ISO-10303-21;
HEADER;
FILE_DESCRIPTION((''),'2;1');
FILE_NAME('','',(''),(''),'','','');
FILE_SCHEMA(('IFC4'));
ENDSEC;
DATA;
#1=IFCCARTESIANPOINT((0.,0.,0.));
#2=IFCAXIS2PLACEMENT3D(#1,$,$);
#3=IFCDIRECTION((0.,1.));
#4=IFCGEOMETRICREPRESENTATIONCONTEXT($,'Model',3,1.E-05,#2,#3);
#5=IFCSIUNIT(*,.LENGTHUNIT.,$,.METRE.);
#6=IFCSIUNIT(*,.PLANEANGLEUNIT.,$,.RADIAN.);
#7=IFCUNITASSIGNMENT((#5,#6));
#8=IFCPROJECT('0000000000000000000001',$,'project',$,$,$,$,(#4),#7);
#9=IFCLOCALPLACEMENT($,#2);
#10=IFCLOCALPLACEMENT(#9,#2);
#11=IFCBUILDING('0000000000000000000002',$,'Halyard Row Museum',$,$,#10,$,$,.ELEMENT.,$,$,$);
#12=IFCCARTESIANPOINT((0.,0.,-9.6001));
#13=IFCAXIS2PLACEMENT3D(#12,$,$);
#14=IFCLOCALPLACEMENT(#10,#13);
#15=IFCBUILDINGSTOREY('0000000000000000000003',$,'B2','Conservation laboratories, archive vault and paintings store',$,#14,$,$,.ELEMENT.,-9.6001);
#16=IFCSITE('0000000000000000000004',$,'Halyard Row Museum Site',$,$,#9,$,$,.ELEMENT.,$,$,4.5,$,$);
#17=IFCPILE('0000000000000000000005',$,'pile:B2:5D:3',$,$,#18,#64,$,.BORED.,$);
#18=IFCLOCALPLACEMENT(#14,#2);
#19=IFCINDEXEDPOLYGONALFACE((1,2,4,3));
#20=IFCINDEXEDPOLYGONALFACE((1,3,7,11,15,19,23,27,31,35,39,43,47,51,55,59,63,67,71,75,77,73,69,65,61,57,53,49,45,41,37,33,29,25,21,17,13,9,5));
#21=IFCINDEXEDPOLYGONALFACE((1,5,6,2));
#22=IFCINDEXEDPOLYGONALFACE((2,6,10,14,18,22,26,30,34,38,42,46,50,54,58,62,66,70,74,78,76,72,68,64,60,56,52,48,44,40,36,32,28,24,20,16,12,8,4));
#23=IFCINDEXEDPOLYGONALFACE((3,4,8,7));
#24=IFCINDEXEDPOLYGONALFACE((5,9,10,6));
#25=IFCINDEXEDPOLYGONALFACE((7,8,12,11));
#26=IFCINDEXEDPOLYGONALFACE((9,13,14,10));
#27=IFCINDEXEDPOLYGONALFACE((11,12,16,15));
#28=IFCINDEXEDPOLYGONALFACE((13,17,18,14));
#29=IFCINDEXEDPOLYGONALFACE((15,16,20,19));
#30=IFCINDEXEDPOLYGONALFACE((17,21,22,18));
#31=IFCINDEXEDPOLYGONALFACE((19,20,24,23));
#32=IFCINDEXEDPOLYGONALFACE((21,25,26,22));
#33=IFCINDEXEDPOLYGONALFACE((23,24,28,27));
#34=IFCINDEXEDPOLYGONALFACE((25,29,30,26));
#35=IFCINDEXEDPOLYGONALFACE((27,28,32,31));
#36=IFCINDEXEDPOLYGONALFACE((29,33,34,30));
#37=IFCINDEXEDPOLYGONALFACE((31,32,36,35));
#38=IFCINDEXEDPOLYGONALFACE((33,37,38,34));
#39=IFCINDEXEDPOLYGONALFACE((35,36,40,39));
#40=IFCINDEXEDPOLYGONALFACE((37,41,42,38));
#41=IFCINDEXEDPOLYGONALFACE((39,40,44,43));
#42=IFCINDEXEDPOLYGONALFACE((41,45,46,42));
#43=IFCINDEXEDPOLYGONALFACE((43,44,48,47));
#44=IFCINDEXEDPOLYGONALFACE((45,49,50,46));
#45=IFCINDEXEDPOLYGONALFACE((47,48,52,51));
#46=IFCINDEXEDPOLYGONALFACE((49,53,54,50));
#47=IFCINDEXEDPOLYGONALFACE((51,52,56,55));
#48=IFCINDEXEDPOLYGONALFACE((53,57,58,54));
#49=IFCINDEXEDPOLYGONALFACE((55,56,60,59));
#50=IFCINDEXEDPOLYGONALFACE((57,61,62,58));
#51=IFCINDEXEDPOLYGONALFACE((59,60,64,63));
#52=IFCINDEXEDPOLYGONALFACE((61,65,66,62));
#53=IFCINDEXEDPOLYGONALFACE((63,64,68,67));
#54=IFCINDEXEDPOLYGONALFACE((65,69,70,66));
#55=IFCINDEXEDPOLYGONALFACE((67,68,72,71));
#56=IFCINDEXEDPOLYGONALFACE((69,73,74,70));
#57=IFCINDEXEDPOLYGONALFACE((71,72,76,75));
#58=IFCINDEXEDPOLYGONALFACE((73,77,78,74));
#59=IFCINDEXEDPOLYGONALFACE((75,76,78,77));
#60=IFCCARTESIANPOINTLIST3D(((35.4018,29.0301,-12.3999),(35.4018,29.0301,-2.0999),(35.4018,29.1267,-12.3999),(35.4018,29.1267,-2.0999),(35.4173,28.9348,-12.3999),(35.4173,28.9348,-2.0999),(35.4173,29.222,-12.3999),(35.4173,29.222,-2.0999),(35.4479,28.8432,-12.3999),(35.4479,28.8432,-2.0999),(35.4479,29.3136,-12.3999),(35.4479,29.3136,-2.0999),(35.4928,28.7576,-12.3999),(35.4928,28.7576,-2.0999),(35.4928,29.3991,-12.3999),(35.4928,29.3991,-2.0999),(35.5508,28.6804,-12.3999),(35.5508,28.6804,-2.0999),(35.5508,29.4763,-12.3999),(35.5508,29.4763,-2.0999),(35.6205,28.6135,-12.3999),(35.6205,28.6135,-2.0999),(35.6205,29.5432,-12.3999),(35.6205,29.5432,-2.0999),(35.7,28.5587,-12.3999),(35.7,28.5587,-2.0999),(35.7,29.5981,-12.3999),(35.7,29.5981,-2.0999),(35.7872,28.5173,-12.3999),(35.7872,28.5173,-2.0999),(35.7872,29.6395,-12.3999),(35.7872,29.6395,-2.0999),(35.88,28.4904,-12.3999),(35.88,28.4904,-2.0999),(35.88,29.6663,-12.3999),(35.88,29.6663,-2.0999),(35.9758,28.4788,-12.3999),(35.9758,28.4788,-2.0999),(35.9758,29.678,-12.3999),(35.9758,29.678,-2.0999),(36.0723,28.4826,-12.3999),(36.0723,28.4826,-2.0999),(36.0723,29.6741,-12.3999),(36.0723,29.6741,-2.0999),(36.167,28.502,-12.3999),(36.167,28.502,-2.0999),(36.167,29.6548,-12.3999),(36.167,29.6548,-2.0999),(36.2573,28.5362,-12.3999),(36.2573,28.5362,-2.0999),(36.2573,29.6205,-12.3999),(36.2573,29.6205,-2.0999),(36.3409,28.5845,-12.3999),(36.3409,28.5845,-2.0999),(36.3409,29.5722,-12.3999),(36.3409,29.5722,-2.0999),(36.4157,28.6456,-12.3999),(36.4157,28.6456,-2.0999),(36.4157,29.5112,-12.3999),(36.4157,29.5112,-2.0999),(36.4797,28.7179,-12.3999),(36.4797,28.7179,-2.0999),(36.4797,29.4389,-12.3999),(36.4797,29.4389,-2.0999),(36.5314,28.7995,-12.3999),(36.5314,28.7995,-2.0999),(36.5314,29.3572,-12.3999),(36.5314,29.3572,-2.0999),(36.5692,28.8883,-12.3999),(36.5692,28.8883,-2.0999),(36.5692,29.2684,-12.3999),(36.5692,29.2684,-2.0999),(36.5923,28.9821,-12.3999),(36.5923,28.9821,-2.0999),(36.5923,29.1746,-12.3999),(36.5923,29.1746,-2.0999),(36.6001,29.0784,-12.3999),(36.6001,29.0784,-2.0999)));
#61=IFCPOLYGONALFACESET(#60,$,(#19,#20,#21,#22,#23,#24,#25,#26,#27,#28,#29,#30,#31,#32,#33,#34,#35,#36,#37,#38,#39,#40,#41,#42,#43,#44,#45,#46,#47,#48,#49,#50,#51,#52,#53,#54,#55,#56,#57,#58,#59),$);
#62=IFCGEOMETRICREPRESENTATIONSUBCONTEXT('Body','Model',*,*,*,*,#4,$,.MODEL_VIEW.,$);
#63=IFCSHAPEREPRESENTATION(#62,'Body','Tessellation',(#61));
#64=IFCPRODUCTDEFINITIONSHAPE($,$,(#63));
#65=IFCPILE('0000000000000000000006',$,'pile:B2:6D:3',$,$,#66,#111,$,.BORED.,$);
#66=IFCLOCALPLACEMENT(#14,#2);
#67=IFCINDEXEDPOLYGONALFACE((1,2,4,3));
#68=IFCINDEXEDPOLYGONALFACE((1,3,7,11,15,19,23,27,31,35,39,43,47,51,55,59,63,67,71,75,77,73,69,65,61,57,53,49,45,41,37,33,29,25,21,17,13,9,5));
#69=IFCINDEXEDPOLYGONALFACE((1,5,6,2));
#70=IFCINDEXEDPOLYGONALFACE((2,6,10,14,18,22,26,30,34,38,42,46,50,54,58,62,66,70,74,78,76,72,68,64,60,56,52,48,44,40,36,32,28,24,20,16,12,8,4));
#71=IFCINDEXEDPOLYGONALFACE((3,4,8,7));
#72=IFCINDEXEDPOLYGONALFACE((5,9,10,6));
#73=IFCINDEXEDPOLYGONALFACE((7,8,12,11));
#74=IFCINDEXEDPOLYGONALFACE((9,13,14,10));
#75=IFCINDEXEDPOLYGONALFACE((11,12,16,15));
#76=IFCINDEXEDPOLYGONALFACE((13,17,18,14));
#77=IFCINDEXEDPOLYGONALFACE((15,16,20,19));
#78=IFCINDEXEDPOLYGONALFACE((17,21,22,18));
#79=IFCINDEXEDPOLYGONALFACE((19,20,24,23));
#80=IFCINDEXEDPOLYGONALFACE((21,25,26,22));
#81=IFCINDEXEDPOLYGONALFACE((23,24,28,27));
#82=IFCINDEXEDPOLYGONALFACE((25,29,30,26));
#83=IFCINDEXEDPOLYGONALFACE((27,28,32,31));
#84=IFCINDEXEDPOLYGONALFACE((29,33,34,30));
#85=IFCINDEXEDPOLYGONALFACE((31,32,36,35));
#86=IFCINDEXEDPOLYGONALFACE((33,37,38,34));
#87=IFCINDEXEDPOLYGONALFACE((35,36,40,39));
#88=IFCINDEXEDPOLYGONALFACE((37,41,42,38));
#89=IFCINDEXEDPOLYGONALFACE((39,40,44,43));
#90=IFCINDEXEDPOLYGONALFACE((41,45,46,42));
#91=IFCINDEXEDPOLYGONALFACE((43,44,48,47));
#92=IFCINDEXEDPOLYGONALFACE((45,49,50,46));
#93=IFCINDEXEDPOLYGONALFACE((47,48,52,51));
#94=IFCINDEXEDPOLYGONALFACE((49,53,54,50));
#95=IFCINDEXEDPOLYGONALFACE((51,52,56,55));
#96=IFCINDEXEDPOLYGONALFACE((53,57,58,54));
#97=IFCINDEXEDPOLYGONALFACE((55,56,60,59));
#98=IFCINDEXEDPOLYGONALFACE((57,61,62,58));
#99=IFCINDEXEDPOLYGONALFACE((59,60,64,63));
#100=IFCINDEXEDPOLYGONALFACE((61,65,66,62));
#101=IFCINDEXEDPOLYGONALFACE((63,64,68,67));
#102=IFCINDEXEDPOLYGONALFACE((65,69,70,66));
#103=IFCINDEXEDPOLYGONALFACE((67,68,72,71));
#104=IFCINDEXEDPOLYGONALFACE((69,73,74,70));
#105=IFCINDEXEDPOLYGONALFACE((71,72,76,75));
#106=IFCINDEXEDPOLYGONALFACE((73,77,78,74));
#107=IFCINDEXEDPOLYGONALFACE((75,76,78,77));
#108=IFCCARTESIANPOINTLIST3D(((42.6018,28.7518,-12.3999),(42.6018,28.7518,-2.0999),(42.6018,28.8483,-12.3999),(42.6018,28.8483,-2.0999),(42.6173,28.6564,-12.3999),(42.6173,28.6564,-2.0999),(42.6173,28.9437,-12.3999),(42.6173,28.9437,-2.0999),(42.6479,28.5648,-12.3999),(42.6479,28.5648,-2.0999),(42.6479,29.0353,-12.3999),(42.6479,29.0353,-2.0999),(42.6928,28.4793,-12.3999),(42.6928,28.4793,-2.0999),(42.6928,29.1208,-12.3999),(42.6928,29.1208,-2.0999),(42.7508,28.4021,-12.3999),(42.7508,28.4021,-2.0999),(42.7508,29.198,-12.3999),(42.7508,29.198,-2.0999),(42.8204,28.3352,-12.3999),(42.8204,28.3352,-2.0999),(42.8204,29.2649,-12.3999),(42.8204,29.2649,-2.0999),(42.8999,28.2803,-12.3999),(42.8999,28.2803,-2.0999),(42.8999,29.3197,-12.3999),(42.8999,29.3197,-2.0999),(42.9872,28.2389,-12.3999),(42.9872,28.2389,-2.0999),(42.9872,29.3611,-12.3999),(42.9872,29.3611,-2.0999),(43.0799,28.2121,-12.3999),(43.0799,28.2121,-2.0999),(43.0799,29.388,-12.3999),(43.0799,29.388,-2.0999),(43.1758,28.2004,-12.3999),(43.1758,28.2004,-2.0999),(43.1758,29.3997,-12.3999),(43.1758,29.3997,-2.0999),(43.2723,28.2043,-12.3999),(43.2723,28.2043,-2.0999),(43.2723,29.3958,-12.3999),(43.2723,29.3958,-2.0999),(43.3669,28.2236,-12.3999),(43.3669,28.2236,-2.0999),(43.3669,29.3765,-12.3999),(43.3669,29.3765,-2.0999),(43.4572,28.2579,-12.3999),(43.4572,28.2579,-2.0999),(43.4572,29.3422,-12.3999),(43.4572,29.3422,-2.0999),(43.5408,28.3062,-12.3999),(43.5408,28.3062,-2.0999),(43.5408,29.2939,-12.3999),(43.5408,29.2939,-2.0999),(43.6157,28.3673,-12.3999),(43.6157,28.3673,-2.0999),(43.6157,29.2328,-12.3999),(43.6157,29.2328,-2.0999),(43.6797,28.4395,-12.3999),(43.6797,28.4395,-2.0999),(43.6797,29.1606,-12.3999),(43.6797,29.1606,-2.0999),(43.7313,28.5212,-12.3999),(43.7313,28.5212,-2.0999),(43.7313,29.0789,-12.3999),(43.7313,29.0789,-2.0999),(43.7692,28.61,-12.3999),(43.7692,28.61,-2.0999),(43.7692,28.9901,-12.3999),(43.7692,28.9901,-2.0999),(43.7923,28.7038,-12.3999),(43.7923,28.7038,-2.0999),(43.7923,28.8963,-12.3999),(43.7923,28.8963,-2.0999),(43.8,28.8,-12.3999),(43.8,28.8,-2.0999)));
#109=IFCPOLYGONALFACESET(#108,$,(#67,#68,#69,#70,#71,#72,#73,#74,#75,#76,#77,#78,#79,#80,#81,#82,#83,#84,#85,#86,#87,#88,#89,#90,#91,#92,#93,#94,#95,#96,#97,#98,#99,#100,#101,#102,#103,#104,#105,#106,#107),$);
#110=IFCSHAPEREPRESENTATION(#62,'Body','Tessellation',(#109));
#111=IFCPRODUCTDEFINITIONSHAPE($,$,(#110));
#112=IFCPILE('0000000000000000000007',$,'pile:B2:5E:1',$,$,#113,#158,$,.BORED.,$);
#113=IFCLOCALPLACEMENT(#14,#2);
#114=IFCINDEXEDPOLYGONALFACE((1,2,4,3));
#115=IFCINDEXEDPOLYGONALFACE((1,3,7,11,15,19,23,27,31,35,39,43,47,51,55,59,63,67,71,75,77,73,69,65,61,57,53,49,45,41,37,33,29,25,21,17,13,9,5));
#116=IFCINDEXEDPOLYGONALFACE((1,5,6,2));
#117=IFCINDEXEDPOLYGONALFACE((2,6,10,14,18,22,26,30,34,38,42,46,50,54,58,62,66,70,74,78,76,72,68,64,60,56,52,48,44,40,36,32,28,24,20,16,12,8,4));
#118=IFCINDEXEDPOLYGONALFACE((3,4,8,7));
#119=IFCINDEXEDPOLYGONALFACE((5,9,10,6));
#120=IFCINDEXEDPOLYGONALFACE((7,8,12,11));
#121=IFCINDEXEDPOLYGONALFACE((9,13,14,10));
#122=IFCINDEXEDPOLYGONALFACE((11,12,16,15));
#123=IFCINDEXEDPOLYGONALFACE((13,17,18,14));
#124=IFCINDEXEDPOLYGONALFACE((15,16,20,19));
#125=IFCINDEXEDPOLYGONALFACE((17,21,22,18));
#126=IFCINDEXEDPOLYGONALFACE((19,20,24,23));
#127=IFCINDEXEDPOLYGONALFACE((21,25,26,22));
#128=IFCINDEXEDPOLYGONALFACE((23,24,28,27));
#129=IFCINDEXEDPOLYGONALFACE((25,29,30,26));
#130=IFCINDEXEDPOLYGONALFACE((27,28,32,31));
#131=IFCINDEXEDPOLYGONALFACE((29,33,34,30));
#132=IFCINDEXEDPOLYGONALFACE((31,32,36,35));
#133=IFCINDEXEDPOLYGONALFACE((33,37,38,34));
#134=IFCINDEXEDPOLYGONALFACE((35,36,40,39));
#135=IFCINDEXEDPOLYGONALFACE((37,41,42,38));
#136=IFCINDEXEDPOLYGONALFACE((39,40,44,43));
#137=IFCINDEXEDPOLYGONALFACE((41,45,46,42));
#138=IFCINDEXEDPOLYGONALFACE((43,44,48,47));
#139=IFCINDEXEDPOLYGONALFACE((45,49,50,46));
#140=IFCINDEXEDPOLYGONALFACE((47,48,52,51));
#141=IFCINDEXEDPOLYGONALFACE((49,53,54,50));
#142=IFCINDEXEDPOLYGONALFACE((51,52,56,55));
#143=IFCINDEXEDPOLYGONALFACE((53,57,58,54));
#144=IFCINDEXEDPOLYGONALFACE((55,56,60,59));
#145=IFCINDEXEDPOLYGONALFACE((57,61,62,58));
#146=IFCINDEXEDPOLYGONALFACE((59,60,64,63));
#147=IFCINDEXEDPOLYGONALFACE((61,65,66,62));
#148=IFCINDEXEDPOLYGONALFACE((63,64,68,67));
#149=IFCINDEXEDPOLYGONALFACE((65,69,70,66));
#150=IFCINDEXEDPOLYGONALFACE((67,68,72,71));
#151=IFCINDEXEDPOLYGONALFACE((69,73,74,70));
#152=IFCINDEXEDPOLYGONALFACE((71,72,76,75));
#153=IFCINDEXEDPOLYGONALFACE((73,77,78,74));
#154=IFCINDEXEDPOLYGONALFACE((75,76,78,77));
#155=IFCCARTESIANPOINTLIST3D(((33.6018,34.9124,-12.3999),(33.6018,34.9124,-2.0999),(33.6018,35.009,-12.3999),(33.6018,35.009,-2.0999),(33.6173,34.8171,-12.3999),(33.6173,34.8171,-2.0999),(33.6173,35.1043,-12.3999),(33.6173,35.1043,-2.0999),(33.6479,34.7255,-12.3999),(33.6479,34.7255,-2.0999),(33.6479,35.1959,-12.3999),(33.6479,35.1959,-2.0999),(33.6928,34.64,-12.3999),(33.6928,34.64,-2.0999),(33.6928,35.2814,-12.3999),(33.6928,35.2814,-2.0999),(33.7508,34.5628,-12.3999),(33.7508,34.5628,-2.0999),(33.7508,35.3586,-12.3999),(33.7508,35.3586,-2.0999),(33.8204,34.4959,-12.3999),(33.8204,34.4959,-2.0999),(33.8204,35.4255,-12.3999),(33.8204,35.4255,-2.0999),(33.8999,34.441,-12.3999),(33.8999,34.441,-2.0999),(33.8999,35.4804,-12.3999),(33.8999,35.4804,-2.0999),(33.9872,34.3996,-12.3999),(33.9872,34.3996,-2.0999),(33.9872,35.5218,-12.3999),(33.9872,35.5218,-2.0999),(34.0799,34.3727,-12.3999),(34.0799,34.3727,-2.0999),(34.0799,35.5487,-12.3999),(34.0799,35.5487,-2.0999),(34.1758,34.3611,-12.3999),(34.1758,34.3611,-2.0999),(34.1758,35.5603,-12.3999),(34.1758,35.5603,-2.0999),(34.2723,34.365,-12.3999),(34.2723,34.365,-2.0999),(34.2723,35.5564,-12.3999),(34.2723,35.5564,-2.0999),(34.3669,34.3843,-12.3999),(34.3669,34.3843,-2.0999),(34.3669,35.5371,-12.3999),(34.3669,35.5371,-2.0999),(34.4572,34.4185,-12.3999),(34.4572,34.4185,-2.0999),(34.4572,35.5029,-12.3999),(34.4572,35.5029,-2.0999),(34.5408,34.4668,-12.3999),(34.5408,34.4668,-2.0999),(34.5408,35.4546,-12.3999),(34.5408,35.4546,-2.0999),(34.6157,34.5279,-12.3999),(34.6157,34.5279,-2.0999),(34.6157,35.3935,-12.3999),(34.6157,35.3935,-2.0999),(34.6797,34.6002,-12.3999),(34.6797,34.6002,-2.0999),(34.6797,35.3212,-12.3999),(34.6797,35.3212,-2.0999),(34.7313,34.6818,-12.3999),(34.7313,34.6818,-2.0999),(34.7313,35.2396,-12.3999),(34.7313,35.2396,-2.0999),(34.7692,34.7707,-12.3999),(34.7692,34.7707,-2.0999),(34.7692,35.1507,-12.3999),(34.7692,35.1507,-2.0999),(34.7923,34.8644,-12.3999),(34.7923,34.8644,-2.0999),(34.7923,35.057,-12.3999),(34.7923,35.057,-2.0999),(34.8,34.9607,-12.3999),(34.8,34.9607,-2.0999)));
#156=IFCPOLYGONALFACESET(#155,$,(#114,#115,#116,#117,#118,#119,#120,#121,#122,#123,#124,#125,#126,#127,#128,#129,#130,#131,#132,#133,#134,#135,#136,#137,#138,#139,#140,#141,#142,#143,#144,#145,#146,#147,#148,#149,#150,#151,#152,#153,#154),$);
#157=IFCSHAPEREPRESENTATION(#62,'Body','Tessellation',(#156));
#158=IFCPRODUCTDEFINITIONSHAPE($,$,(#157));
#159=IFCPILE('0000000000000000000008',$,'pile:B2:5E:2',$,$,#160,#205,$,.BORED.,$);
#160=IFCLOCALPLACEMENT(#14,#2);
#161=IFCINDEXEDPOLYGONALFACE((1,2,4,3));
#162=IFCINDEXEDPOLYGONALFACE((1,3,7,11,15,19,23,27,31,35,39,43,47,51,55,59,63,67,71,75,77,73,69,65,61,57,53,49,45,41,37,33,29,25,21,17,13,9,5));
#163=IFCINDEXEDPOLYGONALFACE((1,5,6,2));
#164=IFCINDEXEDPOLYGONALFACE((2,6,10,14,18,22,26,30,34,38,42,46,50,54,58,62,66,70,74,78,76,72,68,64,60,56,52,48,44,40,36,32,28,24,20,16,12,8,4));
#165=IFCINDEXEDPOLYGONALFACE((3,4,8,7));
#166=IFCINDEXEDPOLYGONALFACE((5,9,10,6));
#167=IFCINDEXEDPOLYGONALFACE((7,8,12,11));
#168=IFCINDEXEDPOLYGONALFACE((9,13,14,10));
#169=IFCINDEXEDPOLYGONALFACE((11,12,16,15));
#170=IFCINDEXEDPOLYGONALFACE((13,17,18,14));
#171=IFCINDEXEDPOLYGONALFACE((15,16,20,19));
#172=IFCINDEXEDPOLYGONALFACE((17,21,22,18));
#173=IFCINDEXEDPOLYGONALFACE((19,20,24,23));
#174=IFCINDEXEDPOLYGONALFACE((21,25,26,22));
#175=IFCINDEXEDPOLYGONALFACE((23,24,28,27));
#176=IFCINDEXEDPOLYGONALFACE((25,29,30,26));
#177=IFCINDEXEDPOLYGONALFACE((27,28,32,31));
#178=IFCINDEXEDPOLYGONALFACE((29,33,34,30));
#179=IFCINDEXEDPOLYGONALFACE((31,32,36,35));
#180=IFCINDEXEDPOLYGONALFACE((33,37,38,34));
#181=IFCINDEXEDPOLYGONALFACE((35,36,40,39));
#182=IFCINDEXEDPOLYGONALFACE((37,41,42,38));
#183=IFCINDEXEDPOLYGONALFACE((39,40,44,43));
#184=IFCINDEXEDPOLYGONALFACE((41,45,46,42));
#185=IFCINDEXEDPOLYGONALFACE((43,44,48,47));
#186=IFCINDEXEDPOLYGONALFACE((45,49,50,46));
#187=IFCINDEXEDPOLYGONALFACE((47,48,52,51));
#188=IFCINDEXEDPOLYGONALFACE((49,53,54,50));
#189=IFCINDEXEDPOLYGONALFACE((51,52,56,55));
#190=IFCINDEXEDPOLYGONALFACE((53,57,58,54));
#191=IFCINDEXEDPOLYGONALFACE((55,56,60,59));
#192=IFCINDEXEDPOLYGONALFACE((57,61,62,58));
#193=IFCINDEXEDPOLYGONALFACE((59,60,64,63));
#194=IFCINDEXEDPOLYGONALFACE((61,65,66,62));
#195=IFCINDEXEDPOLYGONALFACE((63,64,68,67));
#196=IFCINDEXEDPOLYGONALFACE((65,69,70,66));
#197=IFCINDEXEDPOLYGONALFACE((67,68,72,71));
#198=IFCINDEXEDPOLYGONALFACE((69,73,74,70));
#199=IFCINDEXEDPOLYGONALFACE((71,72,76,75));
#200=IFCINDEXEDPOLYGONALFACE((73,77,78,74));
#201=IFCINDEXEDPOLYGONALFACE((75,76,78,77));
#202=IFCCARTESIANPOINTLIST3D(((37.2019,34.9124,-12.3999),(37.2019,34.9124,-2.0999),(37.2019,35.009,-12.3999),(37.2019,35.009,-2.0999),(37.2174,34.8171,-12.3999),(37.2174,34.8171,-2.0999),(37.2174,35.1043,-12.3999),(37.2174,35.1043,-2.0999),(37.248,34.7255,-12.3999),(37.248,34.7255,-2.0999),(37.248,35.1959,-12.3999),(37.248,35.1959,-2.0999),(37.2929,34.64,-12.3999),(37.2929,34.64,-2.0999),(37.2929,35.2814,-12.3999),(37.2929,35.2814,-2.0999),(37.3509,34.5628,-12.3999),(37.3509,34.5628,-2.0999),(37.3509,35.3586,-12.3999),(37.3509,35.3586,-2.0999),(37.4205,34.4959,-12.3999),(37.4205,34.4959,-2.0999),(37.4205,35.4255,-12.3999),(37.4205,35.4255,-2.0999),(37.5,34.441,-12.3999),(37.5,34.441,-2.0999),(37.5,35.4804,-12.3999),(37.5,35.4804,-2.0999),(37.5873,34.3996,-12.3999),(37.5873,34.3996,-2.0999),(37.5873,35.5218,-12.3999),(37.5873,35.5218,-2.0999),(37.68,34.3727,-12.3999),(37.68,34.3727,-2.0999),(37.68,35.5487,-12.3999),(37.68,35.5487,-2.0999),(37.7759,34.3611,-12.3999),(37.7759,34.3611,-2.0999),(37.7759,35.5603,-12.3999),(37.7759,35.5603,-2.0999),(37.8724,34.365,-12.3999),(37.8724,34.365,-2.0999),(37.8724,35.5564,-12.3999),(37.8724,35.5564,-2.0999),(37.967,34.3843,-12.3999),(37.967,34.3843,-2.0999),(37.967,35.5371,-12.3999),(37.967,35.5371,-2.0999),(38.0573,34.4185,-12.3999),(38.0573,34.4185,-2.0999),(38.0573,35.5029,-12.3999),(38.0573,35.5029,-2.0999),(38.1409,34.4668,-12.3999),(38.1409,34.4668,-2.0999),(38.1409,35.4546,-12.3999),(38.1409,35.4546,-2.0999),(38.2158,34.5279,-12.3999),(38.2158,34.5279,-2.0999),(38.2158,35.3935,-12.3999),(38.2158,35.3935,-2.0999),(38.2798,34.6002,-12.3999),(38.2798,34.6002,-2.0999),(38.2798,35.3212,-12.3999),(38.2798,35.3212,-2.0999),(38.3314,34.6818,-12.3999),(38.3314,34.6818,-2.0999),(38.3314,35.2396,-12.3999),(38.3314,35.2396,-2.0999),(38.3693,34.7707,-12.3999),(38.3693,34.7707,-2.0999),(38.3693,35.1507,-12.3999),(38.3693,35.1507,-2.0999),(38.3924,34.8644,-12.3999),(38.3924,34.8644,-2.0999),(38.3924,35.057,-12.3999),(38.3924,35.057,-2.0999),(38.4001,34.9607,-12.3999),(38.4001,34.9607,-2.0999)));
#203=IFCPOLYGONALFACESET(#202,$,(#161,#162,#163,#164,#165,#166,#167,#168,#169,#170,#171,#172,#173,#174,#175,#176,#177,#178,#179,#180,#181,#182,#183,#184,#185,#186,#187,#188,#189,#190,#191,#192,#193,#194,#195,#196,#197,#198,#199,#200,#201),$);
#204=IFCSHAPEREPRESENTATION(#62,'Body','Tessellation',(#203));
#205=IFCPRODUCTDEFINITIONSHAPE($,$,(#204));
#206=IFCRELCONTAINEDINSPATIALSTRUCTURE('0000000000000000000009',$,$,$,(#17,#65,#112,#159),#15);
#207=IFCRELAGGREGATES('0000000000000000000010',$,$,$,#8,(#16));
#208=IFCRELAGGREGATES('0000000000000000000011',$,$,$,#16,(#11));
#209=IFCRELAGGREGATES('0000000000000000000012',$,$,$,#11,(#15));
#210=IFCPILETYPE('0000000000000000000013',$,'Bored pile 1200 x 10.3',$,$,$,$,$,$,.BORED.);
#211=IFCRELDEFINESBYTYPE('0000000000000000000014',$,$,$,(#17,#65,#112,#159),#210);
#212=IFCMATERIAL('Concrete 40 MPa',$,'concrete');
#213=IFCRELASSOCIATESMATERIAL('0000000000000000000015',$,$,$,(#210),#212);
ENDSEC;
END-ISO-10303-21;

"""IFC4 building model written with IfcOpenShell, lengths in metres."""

from ifc_helpers import new_model, si_unit, direction, frame, origin, origin_2d, place, context, subcontext, project, spatial, circle, extrude, material, material_profile, profile_set, type_object, element, save


model = new_model("IFC4")

# Units and contexts
model_context = context("Model", 3, precision=1e-05, world=origin(), true_north=direction((0.0, 1.0)))
body_context = subcontext(model_context, "Body", "Model", "MODEL_VIEW")
ifc_project = project(units=[si_unit("LENGTHUNIT", "METRE"), si_unit("PLANEANGLEUNIT", "RADIAN")], contexts=[model_context])

# Site, building, storey
site_placement = place(None, origin())
site = spatial("IfcSite", under=ifc_project, at=site_placement, Name="Halyard Row Museum Site", CompositionType="ELEMENT", RefElevation=4.5)
building_placement = place(site_placement, origin())
building = spatial("IfcBuilding", under=site, at=building_placement, Name="Halyard Row Museum", CompositionType="ELEMENT")
storey_placement = place(building_placement, frame((0.0, 0.0, -9.6001)))
storey = spatial("IfcBuildingStorey", under=building, at=storey_placement, Name="B2", Description="Conservation laboratories, archive vault and paintings store", CompositionType="ELEMENT", Elevation=-9.6001)

# Piles
ifc_material_1 = material(Name="Concrete 40 MPa", Category="concrete")
ifc_material_profile_1 = material_profile(ifc_material_1, circle(Radius=0.6001, at=origin_2d()), Name="Bored pile 1200 x 10.3")
ifc_profile_set_1 = profile_set([ifc_material_profile_1], Name="Concrete 40 MPa")
pile_type_1 = type_object("IfcPileType", Name="Bored pile 1200 x 10.3", PredefinedType="BORED", material=ifc_profile_set_1)
for number, where, z_axis, x_axis, name in (
    (1, (36.0, 29.0784, -2.0999), (0.0, 0.0, -1.0), (1.0, 0.0, 0.0), "pile:B2:5D:3"),
    (2, (43.2, 28.8, -2.0999), (0.0, 0.0, -1.0), (1.0, 0.0, 0.0), "pile:B2:6D:3"),
    (3, (34.2, 34.9607, -2.0999), (0.0, 0.0, -1.0), (1.0, 0.0, 0.0), "pile:B2:5E:1"),
    (4, (37.8, 34.9607, -2.0999), (0.0, 0.0, -1.0), (1.0, 0.0, 0.0), "pile:B2:5E:2"),
):
    element("IfcPile", number, at=place(storey_placement, frame(where, z_axis=z_axis, x_axis=x_axis)), inside=storey, type_object=pile_type_1, Name=name, PredefinedType="BORED", context=body_context, shape_type="SweptSolid", body=[
        extrude(circle(Radius=0.6001, at=origin_2d()), origin(), (0.0, 0.0, 1.0), 10.3),
    ])

save(model, "model.ifc")
